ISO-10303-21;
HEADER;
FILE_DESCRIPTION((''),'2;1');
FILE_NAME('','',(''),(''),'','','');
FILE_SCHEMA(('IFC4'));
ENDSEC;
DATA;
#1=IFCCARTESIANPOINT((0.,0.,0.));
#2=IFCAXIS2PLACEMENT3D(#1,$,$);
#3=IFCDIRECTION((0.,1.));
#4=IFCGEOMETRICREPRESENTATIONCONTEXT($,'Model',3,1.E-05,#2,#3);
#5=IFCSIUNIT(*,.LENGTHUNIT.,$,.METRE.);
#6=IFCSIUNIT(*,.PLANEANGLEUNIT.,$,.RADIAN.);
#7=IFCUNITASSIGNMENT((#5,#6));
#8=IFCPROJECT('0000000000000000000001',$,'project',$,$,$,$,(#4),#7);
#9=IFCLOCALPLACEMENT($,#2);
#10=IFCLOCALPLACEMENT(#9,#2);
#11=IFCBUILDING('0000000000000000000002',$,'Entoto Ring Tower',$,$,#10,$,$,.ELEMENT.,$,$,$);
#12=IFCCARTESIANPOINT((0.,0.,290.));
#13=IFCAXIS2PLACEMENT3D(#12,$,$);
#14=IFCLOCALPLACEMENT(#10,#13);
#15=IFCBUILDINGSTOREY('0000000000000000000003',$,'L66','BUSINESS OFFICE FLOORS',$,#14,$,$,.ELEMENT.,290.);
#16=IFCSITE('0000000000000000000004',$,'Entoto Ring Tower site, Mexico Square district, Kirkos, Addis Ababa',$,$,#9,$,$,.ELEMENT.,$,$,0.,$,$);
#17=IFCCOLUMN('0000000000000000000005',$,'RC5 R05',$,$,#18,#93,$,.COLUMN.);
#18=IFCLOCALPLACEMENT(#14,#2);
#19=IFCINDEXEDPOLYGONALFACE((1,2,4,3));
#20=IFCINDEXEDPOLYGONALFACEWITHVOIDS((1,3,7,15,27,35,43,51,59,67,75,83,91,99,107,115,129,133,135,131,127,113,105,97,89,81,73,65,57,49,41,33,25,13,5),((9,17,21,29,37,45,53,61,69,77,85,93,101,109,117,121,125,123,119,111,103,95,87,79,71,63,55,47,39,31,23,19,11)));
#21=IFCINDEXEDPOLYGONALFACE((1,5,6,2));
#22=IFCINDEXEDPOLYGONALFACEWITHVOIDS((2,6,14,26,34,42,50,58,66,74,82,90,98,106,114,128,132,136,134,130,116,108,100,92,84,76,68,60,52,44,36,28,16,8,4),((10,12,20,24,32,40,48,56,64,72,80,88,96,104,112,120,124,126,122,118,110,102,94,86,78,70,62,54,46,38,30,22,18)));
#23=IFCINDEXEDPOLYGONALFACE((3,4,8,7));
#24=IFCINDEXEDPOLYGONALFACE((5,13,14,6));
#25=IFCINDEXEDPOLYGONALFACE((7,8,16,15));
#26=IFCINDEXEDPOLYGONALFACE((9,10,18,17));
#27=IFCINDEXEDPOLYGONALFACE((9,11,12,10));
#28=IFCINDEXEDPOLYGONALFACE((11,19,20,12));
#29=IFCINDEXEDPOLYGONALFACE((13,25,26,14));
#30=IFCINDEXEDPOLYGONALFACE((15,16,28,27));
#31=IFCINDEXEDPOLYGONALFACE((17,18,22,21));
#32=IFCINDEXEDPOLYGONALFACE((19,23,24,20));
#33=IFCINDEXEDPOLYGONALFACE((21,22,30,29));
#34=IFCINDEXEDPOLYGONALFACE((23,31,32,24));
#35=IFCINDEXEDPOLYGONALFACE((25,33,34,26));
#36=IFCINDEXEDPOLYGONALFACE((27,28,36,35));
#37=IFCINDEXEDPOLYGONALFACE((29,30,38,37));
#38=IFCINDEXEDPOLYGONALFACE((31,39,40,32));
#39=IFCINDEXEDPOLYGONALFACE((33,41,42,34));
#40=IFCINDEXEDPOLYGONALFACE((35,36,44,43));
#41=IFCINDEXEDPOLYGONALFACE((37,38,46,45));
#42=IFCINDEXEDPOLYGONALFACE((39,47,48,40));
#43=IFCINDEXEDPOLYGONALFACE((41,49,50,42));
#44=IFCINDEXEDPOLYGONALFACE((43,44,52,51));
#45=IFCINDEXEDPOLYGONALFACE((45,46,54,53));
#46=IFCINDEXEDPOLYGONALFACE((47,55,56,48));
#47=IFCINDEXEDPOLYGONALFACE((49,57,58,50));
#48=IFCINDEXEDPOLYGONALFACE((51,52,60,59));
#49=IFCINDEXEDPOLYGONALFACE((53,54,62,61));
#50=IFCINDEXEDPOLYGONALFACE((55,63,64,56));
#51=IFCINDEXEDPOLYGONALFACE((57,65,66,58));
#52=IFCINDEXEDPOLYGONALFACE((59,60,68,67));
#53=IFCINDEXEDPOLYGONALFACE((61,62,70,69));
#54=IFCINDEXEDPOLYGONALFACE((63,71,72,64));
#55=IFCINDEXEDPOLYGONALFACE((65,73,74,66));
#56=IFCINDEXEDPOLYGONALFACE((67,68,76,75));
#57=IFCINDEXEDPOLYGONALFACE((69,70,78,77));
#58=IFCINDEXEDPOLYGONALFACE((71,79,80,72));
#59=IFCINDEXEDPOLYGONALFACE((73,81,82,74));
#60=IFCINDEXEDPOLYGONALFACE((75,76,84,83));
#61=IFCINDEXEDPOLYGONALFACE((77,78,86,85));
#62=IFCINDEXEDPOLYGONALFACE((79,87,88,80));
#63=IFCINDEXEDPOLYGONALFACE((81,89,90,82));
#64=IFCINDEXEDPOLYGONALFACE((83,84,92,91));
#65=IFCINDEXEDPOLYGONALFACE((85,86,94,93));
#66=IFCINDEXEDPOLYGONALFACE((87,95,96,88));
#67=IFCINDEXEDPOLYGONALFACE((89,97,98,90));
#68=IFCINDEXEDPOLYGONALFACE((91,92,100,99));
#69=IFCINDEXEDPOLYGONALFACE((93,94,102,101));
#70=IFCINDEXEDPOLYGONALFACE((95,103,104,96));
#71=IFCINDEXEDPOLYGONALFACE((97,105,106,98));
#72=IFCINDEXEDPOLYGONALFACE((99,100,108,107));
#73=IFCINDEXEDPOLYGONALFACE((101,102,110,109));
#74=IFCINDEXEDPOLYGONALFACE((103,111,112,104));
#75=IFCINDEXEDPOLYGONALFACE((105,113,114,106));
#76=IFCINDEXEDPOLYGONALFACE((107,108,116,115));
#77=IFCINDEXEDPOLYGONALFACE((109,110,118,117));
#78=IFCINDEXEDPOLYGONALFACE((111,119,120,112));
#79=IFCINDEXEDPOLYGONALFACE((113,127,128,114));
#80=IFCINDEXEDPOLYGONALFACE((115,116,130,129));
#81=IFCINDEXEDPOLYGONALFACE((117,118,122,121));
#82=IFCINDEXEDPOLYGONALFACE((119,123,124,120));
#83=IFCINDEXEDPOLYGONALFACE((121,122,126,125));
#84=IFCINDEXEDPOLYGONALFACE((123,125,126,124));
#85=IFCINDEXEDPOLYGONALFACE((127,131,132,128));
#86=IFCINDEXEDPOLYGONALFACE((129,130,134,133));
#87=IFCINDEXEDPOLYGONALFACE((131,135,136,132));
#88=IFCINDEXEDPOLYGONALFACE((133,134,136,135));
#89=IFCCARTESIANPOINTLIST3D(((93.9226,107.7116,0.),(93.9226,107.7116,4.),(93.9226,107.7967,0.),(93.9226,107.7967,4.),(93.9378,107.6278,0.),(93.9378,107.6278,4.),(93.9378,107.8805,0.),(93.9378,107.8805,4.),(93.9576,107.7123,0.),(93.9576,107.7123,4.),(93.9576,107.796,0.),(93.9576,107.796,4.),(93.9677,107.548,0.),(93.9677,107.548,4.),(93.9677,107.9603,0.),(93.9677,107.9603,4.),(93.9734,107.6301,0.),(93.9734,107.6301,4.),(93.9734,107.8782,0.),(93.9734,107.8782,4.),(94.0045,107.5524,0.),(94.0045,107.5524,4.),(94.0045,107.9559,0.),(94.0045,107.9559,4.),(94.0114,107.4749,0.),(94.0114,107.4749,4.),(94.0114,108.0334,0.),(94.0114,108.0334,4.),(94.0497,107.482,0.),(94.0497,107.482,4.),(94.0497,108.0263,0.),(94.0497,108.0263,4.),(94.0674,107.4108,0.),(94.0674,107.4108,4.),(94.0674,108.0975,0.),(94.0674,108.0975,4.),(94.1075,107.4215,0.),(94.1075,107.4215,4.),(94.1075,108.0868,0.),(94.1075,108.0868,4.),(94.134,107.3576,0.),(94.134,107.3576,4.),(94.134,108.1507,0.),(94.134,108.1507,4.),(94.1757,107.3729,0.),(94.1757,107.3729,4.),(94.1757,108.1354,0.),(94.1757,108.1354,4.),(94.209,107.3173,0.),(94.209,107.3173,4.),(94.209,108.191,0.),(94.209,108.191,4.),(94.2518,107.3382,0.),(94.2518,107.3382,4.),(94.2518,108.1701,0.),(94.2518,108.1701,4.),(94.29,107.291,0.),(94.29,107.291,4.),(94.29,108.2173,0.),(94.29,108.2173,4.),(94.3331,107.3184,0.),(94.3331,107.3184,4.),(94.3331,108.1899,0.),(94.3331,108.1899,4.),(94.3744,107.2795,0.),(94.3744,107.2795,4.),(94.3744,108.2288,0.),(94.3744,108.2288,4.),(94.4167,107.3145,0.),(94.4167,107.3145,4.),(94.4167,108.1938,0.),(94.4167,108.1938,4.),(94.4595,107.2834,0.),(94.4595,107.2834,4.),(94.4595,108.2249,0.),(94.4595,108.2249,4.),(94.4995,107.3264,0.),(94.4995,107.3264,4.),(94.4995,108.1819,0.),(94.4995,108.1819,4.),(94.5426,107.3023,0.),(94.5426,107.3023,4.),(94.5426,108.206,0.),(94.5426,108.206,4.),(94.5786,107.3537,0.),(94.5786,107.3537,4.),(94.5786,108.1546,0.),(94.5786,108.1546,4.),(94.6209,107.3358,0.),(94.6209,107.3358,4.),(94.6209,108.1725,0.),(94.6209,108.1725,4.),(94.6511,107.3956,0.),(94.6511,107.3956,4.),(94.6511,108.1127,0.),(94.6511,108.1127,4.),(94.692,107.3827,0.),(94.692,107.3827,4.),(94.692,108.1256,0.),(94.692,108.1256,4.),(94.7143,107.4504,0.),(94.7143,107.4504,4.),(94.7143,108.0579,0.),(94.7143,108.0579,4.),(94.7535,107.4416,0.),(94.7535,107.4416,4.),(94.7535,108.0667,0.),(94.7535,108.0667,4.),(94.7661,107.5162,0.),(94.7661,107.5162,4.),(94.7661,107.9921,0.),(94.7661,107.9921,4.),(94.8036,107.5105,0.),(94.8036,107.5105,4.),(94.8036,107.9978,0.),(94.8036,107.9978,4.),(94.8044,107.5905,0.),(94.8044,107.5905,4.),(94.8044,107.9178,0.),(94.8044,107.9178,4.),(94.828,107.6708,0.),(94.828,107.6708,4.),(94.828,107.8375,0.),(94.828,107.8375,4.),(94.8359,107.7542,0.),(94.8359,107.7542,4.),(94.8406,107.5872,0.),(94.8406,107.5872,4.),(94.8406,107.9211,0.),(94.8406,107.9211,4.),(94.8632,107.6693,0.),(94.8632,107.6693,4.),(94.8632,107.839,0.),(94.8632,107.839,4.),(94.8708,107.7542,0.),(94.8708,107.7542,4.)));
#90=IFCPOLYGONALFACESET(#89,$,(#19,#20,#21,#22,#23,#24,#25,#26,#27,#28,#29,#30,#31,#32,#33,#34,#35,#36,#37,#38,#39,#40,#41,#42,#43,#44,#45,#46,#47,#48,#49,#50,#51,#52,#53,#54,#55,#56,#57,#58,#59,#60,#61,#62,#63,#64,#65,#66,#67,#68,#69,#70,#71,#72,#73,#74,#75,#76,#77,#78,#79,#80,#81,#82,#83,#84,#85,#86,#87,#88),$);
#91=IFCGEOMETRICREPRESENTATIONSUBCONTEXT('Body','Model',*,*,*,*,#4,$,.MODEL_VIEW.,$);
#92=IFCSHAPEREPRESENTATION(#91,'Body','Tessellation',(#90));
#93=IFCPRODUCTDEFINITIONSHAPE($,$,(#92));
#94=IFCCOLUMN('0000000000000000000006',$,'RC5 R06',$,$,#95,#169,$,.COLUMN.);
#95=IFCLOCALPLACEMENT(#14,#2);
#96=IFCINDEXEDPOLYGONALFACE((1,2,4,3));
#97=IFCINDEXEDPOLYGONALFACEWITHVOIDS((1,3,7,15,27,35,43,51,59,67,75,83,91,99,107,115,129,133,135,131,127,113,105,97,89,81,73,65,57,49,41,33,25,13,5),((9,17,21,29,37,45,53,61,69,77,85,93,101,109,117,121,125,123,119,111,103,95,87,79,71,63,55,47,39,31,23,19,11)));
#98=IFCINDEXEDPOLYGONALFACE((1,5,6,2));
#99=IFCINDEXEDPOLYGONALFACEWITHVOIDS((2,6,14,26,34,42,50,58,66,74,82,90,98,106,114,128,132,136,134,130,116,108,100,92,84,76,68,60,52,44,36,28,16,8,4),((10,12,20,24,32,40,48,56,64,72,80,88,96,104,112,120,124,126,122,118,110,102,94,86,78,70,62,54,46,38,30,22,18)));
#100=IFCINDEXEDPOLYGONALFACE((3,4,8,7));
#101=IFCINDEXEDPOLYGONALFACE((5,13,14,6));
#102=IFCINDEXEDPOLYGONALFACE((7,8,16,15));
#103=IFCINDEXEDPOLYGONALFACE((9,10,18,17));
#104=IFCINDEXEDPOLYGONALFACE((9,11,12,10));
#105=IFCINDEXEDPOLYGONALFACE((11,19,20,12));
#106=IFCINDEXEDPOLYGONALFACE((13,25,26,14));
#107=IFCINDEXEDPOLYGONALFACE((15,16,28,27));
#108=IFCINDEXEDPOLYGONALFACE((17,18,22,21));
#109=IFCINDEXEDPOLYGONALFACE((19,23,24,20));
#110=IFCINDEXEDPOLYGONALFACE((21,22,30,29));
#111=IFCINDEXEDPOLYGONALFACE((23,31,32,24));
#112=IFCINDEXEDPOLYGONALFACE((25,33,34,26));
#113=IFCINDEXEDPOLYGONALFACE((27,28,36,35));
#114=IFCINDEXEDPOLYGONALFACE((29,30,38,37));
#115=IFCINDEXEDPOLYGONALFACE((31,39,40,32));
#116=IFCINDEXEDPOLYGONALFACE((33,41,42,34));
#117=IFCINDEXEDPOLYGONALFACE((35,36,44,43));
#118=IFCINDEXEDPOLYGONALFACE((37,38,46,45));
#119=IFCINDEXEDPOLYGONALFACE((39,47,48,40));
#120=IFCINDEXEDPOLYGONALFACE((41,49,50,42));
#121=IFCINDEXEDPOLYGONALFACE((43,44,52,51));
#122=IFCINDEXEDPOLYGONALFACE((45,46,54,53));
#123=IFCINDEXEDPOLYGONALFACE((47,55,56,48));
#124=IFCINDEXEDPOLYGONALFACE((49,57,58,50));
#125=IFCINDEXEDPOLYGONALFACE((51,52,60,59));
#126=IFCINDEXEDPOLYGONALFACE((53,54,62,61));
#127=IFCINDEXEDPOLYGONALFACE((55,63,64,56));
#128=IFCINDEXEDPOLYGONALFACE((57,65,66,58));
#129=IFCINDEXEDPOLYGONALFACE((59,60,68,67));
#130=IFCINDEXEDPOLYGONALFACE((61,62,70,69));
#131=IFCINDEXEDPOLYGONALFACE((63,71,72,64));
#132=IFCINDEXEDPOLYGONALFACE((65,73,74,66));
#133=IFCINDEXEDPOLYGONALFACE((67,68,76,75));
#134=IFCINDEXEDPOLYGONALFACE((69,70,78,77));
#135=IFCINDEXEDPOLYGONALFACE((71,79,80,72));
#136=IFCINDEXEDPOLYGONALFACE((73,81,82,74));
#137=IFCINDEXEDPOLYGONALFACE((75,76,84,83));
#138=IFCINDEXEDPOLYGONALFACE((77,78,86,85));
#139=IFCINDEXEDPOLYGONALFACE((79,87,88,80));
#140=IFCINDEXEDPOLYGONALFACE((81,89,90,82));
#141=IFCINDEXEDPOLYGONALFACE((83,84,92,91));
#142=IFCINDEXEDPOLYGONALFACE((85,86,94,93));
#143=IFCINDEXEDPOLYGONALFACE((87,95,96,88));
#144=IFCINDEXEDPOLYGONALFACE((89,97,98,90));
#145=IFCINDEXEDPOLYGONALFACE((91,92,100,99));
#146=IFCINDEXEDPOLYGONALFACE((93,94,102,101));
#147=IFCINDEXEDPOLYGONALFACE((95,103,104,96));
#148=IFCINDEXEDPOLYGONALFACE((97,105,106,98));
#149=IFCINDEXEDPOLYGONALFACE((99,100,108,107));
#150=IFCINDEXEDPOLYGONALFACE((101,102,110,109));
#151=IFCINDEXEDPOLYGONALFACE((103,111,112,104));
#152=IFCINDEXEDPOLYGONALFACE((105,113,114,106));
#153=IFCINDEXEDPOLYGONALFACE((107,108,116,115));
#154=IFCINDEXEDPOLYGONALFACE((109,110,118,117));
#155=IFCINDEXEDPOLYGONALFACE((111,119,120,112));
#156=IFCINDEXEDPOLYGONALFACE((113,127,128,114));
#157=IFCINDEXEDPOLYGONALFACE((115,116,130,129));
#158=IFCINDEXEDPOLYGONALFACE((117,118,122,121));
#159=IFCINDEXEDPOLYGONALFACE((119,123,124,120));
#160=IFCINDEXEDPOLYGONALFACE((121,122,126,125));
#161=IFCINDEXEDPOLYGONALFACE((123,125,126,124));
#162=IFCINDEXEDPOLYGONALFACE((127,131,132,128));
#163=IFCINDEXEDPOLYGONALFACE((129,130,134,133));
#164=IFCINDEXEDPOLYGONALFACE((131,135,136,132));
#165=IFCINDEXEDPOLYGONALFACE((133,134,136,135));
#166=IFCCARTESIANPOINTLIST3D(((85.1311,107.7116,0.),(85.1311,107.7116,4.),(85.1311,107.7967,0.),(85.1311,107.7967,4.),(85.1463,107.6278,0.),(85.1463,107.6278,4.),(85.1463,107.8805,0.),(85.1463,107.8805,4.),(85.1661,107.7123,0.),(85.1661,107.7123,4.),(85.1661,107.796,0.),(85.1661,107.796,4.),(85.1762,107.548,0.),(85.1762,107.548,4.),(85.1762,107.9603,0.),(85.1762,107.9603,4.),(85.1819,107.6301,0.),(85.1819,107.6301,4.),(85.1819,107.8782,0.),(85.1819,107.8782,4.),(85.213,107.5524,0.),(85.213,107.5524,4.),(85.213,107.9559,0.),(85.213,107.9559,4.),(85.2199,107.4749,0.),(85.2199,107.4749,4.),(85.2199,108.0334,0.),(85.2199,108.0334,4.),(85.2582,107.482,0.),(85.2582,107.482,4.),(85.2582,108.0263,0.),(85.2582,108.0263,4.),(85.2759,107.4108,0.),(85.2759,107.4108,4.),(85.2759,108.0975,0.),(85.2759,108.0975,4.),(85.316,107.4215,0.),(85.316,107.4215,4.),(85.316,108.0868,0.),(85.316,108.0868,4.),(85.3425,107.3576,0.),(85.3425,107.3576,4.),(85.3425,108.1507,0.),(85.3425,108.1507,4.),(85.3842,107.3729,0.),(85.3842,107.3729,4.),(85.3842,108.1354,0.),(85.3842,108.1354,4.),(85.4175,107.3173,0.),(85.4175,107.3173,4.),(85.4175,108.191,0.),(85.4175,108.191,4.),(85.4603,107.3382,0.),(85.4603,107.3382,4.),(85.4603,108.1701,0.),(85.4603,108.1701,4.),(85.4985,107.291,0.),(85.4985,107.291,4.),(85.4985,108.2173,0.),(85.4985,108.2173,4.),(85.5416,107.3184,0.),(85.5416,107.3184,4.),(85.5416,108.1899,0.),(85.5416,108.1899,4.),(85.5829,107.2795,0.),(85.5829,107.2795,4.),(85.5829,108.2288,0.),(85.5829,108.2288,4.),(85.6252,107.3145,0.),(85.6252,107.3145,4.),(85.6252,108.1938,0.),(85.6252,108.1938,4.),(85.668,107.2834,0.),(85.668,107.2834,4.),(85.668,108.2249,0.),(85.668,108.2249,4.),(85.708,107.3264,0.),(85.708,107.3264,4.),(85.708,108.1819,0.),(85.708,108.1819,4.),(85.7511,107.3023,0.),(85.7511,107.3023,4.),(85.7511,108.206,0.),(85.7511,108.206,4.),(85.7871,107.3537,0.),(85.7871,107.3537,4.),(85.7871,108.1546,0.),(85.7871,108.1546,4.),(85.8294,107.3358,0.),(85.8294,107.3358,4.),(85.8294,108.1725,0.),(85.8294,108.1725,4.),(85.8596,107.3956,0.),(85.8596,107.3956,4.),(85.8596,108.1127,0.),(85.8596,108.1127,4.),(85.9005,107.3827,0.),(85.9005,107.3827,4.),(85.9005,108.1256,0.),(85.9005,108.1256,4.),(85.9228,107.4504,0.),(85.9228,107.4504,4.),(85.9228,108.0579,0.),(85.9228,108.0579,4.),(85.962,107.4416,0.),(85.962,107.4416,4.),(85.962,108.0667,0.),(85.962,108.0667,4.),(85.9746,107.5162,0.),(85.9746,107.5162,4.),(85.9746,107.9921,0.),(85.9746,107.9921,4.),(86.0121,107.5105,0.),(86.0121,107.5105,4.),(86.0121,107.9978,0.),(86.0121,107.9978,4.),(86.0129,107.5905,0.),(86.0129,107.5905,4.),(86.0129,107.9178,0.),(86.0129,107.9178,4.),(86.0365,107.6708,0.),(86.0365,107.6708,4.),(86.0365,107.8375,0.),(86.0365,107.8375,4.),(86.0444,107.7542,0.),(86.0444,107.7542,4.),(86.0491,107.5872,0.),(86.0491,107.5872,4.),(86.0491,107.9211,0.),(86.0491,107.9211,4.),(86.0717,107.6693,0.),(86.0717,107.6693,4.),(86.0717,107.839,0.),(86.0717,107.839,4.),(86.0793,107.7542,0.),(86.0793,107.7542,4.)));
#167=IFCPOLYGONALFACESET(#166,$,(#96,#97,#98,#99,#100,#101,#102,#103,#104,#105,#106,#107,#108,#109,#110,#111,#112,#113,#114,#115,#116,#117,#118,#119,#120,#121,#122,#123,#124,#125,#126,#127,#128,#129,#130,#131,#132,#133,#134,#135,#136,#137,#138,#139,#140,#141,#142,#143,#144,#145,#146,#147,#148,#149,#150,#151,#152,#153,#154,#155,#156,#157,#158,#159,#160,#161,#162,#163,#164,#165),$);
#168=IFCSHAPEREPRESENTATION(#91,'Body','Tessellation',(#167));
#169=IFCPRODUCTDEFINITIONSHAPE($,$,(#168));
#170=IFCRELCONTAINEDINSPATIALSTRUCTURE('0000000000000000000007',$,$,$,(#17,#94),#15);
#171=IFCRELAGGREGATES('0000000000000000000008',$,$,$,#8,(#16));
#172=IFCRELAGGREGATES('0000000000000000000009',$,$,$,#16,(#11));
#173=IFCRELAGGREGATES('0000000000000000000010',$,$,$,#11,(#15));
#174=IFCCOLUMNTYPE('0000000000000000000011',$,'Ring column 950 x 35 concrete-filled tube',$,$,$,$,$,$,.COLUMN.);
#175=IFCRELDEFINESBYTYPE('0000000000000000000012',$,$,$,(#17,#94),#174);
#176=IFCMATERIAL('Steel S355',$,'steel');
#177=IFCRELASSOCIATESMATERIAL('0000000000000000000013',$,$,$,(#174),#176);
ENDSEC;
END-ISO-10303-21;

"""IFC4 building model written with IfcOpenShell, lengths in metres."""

from ifc_helpers import new_model, si_unit, direction, frame, origin, origin_2d, place, context, subcontext, project, spatial, circle, hollow_circle, extrude, material, material_profile, profile_set, type_object, element, save


model = new_model("IFC4")

# Units and contexts
model_context = context("Model", 3, precision=1e-05, world=origin(), true_north=direction((0.0, 1.0)))
body_context = subcontext(model_context, "Body", "Model", "MODEL_VIEW")
ifc_project = project(units=[si_unit("LENGTHUNIT", "METRE"), si_unit("PLANEANGLEUNIT", "RADIAN")], contexts=[model_context])

# Site, building, storey
site_placement = place(None, origin())
site = spatial("IfcSite", under=ifc_project, at=site_placement, Name="Entoto Ring Tower site, Mexico Square district, Kirkos, Addis Ababa", CompositionType="ELEMENT", RefElevation=0.0)
building_placement = place(site_placement, origin())
building = spatial("IfcBuilding", under=site, at=building_placement, Name="Entoto Ring Tower", CompositionType="ELEMENT")
storey_placement = place(building_placement, frame((0.0, 0.0, 290.0)))
storey = spatial("IfcBuildingStorey", under=building, at=storey_placement, Name="L66", Description="BUSINESS OFFICE FLOORS", CompositionType="ELEMENT", Elevation=290.0)

# Columns
ifc_material_1 = material(Name="Steel S355", Category="steel")
ifc_material_profile_1 = material_profile(ifc_material_1, hollow_circle(Radius=0.4751, WallThickness=0.0349, at=origin_2d()), Name="CHS 950 x 35")
ifc_material_2 = material(Name="Concrete C60/75", Category="concrete")
ifc_material_profile_2 = material_profile(ifc_material_2, circle(Radius=0.4399, at=origin_2d()), Name="Concrete C60/75 infill")
ifc_profile_set_1 = profile_set([ifc_material_profile_1, ifc_material_profile_2], Name="Steel S355")
column_type = type_object("IfcColumnType", Name="Ring column 950 x 35 concrete-filled tube", PredefinedType="COLUMN", material=ifc_profile_set_1)
for number, where, z_axis, x_axis, name in (
    (1, (94.3958, 107.7542, 0.0), (0.0, 0.0, 1.0), (1.0, 0.0, 0.0), "RC5 R05"),
    (2, (85.6042, 107.7542, 0.0), (0.0, 0.0, 1.0), (1.0, 0.0, 0.0), "RC5 R06"),
):
    element("IfcColumn", number, at=place(storey_placement, frame(where, z_axis=z_axis, x_axis=x_axis)), inside=storey, type_object=column_type, Name=name, PredefinedType="COLUMN", context=body_context, shape_type="SweptSolid", body=[
        extrude(hollow_circle(Radius=0.4751, WallThickness=0.0349, at=origin_2d()), origin(), (0.0, 0.0, 1.0), 4.0),
    ])

save(model, "model.ifc")
